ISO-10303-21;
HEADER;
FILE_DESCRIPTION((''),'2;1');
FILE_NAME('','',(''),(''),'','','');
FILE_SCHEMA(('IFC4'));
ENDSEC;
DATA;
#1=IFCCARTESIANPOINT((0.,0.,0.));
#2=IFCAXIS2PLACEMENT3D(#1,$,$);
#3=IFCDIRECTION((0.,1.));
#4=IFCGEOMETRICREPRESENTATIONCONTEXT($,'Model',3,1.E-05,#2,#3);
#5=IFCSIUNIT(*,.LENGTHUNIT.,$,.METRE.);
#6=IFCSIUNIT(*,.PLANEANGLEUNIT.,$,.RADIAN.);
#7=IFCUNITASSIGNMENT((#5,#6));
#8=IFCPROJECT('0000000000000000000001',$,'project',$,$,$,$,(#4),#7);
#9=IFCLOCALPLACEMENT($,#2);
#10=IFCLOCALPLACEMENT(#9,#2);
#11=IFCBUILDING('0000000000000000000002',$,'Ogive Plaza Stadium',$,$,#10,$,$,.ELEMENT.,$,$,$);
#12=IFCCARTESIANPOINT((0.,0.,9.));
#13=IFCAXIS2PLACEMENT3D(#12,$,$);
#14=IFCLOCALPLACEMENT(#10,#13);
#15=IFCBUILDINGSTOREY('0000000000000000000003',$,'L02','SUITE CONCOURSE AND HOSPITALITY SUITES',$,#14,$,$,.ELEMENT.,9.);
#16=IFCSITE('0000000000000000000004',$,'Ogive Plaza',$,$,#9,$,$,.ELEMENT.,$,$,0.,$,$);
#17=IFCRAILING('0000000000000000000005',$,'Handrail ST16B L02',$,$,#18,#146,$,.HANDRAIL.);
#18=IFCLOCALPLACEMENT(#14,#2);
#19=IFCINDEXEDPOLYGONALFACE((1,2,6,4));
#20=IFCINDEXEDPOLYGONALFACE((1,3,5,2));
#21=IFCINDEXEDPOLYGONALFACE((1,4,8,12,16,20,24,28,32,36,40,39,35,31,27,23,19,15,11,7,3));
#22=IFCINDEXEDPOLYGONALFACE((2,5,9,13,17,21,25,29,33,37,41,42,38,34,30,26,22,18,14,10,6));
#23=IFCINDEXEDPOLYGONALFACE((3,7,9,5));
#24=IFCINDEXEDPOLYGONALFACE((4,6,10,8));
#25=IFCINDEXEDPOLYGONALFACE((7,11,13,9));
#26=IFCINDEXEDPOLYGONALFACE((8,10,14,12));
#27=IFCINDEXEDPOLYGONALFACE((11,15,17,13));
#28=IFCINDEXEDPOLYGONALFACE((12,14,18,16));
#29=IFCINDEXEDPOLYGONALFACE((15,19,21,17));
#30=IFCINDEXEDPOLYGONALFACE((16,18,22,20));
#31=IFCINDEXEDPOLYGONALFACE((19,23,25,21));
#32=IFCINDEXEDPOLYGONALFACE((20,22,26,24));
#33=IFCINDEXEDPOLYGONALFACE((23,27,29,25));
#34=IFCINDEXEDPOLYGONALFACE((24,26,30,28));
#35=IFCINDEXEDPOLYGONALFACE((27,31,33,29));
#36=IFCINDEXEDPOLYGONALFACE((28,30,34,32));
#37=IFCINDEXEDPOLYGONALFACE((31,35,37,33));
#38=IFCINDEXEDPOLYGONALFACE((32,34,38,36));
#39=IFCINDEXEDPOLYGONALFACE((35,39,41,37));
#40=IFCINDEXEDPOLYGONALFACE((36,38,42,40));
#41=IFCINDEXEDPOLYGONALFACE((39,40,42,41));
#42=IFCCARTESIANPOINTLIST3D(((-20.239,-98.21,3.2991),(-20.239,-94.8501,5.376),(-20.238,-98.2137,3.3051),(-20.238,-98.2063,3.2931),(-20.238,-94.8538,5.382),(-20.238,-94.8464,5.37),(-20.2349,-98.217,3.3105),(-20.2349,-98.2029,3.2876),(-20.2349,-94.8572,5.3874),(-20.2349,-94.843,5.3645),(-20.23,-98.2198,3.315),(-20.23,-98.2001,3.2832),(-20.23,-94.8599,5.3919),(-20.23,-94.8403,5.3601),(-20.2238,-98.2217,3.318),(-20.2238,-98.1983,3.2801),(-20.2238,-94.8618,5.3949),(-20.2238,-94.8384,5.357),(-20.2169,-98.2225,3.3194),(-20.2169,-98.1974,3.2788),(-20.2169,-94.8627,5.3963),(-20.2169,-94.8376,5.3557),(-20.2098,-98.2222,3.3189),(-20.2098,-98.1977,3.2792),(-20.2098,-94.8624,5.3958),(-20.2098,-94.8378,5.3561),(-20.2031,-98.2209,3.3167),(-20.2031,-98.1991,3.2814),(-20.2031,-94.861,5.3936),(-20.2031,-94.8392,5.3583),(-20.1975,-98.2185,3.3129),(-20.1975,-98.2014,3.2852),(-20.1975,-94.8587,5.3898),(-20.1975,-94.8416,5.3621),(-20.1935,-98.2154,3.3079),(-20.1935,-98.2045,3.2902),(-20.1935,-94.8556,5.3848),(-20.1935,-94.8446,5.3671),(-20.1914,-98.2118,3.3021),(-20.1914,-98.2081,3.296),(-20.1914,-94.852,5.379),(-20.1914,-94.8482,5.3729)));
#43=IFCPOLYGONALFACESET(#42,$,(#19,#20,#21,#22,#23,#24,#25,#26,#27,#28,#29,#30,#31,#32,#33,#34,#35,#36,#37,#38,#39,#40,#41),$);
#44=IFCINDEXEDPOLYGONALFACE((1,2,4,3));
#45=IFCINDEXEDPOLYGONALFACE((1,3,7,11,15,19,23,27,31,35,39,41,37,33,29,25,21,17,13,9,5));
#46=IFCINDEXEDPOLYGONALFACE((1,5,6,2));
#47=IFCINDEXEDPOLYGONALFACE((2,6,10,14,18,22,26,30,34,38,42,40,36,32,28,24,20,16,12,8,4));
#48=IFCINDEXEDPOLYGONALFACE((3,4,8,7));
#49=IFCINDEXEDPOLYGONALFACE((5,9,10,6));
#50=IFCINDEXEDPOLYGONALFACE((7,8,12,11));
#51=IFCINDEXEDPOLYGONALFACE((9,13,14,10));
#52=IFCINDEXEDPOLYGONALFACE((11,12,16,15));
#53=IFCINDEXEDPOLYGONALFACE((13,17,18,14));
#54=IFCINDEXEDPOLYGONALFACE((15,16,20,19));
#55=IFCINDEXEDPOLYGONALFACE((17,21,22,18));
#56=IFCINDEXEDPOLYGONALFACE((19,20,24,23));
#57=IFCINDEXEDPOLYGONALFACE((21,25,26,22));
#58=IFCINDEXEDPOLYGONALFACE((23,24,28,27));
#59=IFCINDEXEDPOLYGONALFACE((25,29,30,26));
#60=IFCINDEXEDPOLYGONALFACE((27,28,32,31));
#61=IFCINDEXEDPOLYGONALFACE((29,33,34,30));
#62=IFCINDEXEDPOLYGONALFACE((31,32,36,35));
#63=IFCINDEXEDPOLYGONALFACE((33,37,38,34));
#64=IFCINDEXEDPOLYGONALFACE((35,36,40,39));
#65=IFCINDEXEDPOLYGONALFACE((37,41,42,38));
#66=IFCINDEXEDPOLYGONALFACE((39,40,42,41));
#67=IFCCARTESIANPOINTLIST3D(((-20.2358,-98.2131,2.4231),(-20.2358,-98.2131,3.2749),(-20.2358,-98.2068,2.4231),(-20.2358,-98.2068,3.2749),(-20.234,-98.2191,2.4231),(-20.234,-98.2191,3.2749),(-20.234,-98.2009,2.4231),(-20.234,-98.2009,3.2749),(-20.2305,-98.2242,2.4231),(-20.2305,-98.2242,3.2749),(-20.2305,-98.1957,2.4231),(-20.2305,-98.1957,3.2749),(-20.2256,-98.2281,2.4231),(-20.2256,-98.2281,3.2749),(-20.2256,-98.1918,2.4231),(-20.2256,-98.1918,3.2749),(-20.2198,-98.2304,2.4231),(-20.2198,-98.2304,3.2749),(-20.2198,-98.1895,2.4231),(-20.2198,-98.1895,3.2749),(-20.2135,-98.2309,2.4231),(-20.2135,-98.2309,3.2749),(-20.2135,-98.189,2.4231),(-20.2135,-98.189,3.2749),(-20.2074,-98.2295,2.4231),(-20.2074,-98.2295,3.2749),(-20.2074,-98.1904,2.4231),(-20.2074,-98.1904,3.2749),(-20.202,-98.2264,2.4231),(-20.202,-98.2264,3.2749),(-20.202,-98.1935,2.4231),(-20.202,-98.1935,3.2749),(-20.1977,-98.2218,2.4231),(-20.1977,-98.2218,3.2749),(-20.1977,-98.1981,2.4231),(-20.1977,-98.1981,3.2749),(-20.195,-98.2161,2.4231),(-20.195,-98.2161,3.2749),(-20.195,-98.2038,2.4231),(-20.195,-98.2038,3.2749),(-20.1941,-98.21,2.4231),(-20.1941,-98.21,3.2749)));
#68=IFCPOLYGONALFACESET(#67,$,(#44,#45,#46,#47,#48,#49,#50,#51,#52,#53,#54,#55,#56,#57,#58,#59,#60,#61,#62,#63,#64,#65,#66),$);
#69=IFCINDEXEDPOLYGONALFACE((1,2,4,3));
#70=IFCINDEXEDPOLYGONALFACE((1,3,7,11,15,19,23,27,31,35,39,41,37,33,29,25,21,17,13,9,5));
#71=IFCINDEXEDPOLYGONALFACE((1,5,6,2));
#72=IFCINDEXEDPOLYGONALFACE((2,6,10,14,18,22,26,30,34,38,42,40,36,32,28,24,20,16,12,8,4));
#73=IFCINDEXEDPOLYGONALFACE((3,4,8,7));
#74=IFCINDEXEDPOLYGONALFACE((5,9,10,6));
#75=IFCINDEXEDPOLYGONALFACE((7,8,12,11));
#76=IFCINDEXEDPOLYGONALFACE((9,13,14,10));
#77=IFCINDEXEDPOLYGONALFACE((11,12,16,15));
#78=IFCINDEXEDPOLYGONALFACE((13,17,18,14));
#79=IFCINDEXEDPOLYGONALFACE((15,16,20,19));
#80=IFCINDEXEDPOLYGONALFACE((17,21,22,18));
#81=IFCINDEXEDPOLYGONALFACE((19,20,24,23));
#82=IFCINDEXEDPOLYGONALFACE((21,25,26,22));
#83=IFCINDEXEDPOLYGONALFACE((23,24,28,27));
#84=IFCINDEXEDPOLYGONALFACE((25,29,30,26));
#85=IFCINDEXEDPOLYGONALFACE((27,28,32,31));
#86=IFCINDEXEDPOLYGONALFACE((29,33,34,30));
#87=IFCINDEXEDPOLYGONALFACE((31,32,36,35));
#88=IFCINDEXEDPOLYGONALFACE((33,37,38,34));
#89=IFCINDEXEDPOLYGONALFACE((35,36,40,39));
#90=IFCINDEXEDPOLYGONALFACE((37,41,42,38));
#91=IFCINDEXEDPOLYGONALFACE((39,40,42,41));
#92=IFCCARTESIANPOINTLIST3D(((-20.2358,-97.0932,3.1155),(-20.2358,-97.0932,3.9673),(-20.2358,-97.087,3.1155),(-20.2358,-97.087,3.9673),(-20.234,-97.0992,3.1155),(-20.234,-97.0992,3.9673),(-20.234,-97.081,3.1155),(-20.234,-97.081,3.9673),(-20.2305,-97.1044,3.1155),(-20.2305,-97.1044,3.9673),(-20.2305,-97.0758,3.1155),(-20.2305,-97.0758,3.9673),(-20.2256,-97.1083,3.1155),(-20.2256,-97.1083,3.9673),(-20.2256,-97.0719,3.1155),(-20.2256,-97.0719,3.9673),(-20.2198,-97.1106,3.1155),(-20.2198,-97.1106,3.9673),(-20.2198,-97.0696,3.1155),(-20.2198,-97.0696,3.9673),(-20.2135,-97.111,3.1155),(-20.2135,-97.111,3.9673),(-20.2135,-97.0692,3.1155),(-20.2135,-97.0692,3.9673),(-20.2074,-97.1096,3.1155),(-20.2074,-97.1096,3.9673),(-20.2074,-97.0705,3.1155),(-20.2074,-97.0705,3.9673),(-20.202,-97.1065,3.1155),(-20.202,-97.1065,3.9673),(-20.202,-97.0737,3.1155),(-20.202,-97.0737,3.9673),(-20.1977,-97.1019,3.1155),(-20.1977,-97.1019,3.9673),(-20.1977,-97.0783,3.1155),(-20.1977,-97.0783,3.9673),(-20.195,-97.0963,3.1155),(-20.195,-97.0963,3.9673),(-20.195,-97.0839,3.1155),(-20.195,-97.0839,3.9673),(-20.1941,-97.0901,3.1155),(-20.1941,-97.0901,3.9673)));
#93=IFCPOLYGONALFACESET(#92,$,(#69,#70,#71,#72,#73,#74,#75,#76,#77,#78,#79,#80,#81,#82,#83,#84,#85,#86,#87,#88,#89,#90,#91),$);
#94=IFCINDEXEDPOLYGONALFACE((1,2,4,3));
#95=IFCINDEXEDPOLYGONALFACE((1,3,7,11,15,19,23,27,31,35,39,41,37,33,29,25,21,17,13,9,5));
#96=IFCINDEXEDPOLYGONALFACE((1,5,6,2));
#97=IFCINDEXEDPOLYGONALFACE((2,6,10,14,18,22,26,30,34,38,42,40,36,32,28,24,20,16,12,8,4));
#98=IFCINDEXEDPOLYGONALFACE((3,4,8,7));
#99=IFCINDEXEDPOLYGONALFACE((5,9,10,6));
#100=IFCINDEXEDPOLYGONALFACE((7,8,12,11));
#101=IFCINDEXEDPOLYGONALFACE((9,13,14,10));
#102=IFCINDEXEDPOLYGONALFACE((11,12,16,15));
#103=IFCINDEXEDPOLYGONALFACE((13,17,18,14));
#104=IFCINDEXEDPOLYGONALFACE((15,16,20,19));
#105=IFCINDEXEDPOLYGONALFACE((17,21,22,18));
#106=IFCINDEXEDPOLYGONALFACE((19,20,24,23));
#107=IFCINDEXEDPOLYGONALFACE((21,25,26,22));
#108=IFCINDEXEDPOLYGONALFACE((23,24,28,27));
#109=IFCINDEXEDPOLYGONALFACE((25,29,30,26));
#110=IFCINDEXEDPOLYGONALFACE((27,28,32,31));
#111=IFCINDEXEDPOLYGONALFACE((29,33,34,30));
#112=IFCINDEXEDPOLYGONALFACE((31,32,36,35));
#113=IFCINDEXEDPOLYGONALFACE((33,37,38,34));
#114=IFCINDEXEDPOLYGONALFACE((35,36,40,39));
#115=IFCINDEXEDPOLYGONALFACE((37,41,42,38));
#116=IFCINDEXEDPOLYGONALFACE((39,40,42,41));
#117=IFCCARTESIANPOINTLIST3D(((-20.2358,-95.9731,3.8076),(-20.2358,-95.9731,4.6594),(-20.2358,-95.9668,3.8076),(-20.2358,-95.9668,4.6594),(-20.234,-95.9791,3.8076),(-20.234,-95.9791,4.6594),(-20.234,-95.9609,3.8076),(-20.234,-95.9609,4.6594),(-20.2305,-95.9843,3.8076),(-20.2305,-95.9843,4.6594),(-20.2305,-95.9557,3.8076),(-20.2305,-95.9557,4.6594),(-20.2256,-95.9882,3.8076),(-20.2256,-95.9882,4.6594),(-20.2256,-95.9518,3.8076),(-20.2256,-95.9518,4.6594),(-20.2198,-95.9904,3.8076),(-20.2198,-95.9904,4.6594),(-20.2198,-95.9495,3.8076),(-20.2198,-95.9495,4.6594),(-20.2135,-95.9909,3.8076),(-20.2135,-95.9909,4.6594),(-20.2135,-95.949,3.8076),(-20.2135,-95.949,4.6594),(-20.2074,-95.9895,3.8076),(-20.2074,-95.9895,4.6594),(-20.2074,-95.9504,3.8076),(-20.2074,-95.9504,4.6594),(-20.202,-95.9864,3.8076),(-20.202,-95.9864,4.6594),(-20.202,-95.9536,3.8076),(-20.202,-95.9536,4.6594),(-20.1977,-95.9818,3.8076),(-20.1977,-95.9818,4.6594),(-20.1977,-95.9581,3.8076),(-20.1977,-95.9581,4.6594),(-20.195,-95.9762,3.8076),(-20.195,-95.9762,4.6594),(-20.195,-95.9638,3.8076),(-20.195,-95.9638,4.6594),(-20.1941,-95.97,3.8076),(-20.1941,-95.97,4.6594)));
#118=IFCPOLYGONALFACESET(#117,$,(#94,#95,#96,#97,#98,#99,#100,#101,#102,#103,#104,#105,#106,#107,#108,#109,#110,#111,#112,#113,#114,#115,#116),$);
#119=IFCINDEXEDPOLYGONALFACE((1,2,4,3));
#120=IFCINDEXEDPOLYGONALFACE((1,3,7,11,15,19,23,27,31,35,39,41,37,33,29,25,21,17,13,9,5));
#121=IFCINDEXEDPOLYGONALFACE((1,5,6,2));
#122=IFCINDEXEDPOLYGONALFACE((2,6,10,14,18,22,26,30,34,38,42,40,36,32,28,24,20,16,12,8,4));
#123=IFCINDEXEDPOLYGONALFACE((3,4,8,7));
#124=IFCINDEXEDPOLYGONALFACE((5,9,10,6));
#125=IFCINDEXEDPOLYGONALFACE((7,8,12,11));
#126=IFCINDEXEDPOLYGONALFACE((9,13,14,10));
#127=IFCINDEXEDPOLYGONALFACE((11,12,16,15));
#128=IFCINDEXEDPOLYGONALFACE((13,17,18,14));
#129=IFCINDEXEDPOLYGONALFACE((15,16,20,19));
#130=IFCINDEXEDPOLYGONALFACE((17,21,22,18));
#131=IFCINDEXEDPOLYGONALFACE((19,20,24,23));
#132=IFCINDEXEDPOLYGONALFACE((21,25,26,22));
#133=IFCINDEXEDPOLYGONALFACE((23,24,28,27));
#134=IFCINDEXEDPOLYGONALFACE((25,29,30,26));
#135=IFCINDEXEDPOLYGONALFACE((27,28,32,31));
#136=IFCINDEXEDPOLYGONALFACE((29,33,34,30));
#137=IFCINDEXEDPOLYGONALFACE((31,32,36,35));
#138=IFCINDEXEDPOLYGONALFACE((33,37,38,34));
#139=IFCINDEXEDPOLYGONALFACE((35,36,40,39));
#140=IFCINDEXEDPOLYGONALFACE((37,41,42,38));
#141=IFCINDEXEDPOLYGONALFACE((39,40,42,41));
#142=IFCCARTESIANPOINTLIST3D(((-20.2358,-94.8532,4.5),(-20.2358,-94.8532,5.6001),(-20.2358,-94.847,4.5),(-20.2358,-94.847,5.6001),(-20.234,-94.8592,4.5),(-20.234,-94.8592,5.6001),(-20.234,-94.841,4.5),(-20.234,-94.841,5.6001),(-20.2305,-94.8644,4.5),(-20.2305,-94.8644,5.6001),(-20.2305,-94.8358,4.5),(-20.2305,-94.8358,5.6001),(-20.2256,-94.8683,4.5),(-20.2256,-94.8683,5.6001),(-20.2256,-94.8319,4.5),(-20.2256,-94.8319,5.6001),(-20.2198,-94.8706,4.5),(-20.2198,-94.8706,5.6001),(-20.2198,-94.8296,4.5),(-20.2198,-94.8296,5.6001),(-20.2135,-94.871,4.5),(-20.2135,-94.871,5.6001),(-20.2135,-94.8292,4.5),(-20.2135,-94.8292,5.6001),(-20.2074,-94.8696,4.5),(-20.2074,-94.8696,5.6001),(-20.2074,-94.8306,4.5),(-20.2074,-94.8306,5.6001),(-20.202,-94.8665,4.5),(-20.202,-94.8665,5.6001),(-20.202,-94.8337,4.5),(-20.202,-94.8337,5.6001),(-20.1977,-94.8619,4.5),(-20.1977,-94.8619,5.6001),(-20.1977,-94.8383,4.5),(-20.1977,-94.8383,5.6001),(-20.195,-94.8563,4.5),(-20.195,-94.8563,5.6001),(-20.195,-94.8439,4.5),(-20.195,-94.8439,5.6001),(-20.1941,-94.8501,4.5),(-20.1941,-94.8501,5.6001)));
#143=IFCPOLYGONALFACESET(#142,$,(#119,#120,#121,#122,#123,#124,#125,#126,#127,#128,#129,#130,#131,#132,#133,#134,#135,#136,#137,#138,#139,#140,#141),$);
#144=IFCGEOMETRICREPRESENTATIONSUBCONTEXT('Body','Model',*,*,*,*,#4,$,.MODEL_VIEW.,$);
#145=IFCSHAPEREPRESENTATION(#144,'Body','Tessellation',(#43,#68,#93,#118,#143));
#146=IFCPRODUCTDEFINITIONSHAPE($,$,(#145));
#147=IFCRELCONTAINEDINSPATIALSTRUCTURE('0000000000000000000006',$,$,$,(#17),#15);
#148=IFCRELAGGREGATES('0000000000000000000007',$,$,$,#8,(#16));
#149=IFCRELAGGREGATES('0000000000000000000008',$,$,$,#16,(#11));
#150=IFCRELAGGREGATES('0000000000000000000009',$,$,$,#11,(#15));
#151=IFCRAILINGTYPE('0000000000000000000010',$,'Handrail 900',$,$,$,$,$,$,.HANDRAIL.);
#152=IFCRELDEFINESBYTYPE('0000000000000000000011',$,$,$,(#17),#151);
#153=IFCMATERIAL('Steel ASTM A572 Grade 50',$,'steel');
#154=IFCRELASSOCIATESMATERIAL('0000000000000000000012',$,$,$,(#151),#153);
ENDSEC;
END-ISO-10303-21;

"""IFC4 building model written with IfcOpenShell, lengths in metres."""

from ifc_helpers import new_model, si_unit, direction, frame, origin, origin_2d, place, context, subcontext, project, spatial, circle, extrude, material, type_object, element, save


model = new_model("IFC4")

# Units and contexts
model_context = context("Model", 3, precision=1e-05, world=origin(), true_north=direction((0.0, 1.0)))
body_context = subcontext(model_context, "Body", "Model", "MODEL_VIEW")
ifc_project = project(units=[si_unit("LENGTHUNIT", "METRE"), si_unit("PLANEANGLEUNIT", "RADIAN")], contexts=[model_context])

# Site, building, storey
site_placement = place(None, origin())
site = spatial("IfcSite", under=ifc_project, at=site_placement, Name="Ogive Plaza", CompositionType="ELEMENT", RefElevation=0.0)
building_placement = place(site_placement, origin())
building = spatial("IfcBuilding", under=site, at=building_placement, Name="Ogive Plaza Stadium", CompositionType="ELEMENT")
storey_placement = place(building_placement, frame((0.0, 0.0, 9.0)))
storey = spatial("IfcBuildingStorey", under=building, at=storey_placement, Name="L02", Description="SUITE CONCOURSE AND HOSPITALITY SUITES", CompositionType="ELEMENT", Elevation=9.0)

# Railing
ifc_material_1 = material(Name="Steel ASTM A572 Grade 50", Category="steel")
railing_type_1 = type_object("IfcRailingType", Name="Handrail 900", PredefinedType="HANDRAIL", material=ifc_material_1)
for number, where, name in (
    (1, (-20.2151, -98.21, 2.4231), "Handrail ST16B L02"),
):
    element("IfcRailing", number, at=place(storey_placement, frame(where)), inside=storey, type_object=railing_type_1, Name=name, PredefinedType="HANDRAIL", context=body_context, shape_type="SweptSolid", body=[
        extrude(circle(Radius=0.0239, at=origin_2d()), frame((0.0, 0.0, 0.876), z_axis=(0.0, 0.850606, 0.525803), x_axis=(-1.0, 0.0, 0.0)), (0.0, 0.0, 1.0), 3.95),
        extrude(circle(Radius=0.021, at=origin_2d()), origin(), (0.0, 0.0, 1.0), 0.8518),
        extrude(circle(Radius=0.021, at=origin_2d()), frame((0.0, 1.1199, 0.6924)), (0.0, 0.0, 1.0), 0.8518),
        extrude(circle(Radius=0.021, at=origin_2d()), frame((0.0, 2.24, 1.3845)), (0.0, 0.0, 1.0), 0.8518),
        extrude(circle(Radius=0.021, at=origin_2d()), frame((0.0, 3.3599, 2.0769)), (0.0, 0.0, 1.0), 1.1001),
    ])

save(model, "model.ifc")
